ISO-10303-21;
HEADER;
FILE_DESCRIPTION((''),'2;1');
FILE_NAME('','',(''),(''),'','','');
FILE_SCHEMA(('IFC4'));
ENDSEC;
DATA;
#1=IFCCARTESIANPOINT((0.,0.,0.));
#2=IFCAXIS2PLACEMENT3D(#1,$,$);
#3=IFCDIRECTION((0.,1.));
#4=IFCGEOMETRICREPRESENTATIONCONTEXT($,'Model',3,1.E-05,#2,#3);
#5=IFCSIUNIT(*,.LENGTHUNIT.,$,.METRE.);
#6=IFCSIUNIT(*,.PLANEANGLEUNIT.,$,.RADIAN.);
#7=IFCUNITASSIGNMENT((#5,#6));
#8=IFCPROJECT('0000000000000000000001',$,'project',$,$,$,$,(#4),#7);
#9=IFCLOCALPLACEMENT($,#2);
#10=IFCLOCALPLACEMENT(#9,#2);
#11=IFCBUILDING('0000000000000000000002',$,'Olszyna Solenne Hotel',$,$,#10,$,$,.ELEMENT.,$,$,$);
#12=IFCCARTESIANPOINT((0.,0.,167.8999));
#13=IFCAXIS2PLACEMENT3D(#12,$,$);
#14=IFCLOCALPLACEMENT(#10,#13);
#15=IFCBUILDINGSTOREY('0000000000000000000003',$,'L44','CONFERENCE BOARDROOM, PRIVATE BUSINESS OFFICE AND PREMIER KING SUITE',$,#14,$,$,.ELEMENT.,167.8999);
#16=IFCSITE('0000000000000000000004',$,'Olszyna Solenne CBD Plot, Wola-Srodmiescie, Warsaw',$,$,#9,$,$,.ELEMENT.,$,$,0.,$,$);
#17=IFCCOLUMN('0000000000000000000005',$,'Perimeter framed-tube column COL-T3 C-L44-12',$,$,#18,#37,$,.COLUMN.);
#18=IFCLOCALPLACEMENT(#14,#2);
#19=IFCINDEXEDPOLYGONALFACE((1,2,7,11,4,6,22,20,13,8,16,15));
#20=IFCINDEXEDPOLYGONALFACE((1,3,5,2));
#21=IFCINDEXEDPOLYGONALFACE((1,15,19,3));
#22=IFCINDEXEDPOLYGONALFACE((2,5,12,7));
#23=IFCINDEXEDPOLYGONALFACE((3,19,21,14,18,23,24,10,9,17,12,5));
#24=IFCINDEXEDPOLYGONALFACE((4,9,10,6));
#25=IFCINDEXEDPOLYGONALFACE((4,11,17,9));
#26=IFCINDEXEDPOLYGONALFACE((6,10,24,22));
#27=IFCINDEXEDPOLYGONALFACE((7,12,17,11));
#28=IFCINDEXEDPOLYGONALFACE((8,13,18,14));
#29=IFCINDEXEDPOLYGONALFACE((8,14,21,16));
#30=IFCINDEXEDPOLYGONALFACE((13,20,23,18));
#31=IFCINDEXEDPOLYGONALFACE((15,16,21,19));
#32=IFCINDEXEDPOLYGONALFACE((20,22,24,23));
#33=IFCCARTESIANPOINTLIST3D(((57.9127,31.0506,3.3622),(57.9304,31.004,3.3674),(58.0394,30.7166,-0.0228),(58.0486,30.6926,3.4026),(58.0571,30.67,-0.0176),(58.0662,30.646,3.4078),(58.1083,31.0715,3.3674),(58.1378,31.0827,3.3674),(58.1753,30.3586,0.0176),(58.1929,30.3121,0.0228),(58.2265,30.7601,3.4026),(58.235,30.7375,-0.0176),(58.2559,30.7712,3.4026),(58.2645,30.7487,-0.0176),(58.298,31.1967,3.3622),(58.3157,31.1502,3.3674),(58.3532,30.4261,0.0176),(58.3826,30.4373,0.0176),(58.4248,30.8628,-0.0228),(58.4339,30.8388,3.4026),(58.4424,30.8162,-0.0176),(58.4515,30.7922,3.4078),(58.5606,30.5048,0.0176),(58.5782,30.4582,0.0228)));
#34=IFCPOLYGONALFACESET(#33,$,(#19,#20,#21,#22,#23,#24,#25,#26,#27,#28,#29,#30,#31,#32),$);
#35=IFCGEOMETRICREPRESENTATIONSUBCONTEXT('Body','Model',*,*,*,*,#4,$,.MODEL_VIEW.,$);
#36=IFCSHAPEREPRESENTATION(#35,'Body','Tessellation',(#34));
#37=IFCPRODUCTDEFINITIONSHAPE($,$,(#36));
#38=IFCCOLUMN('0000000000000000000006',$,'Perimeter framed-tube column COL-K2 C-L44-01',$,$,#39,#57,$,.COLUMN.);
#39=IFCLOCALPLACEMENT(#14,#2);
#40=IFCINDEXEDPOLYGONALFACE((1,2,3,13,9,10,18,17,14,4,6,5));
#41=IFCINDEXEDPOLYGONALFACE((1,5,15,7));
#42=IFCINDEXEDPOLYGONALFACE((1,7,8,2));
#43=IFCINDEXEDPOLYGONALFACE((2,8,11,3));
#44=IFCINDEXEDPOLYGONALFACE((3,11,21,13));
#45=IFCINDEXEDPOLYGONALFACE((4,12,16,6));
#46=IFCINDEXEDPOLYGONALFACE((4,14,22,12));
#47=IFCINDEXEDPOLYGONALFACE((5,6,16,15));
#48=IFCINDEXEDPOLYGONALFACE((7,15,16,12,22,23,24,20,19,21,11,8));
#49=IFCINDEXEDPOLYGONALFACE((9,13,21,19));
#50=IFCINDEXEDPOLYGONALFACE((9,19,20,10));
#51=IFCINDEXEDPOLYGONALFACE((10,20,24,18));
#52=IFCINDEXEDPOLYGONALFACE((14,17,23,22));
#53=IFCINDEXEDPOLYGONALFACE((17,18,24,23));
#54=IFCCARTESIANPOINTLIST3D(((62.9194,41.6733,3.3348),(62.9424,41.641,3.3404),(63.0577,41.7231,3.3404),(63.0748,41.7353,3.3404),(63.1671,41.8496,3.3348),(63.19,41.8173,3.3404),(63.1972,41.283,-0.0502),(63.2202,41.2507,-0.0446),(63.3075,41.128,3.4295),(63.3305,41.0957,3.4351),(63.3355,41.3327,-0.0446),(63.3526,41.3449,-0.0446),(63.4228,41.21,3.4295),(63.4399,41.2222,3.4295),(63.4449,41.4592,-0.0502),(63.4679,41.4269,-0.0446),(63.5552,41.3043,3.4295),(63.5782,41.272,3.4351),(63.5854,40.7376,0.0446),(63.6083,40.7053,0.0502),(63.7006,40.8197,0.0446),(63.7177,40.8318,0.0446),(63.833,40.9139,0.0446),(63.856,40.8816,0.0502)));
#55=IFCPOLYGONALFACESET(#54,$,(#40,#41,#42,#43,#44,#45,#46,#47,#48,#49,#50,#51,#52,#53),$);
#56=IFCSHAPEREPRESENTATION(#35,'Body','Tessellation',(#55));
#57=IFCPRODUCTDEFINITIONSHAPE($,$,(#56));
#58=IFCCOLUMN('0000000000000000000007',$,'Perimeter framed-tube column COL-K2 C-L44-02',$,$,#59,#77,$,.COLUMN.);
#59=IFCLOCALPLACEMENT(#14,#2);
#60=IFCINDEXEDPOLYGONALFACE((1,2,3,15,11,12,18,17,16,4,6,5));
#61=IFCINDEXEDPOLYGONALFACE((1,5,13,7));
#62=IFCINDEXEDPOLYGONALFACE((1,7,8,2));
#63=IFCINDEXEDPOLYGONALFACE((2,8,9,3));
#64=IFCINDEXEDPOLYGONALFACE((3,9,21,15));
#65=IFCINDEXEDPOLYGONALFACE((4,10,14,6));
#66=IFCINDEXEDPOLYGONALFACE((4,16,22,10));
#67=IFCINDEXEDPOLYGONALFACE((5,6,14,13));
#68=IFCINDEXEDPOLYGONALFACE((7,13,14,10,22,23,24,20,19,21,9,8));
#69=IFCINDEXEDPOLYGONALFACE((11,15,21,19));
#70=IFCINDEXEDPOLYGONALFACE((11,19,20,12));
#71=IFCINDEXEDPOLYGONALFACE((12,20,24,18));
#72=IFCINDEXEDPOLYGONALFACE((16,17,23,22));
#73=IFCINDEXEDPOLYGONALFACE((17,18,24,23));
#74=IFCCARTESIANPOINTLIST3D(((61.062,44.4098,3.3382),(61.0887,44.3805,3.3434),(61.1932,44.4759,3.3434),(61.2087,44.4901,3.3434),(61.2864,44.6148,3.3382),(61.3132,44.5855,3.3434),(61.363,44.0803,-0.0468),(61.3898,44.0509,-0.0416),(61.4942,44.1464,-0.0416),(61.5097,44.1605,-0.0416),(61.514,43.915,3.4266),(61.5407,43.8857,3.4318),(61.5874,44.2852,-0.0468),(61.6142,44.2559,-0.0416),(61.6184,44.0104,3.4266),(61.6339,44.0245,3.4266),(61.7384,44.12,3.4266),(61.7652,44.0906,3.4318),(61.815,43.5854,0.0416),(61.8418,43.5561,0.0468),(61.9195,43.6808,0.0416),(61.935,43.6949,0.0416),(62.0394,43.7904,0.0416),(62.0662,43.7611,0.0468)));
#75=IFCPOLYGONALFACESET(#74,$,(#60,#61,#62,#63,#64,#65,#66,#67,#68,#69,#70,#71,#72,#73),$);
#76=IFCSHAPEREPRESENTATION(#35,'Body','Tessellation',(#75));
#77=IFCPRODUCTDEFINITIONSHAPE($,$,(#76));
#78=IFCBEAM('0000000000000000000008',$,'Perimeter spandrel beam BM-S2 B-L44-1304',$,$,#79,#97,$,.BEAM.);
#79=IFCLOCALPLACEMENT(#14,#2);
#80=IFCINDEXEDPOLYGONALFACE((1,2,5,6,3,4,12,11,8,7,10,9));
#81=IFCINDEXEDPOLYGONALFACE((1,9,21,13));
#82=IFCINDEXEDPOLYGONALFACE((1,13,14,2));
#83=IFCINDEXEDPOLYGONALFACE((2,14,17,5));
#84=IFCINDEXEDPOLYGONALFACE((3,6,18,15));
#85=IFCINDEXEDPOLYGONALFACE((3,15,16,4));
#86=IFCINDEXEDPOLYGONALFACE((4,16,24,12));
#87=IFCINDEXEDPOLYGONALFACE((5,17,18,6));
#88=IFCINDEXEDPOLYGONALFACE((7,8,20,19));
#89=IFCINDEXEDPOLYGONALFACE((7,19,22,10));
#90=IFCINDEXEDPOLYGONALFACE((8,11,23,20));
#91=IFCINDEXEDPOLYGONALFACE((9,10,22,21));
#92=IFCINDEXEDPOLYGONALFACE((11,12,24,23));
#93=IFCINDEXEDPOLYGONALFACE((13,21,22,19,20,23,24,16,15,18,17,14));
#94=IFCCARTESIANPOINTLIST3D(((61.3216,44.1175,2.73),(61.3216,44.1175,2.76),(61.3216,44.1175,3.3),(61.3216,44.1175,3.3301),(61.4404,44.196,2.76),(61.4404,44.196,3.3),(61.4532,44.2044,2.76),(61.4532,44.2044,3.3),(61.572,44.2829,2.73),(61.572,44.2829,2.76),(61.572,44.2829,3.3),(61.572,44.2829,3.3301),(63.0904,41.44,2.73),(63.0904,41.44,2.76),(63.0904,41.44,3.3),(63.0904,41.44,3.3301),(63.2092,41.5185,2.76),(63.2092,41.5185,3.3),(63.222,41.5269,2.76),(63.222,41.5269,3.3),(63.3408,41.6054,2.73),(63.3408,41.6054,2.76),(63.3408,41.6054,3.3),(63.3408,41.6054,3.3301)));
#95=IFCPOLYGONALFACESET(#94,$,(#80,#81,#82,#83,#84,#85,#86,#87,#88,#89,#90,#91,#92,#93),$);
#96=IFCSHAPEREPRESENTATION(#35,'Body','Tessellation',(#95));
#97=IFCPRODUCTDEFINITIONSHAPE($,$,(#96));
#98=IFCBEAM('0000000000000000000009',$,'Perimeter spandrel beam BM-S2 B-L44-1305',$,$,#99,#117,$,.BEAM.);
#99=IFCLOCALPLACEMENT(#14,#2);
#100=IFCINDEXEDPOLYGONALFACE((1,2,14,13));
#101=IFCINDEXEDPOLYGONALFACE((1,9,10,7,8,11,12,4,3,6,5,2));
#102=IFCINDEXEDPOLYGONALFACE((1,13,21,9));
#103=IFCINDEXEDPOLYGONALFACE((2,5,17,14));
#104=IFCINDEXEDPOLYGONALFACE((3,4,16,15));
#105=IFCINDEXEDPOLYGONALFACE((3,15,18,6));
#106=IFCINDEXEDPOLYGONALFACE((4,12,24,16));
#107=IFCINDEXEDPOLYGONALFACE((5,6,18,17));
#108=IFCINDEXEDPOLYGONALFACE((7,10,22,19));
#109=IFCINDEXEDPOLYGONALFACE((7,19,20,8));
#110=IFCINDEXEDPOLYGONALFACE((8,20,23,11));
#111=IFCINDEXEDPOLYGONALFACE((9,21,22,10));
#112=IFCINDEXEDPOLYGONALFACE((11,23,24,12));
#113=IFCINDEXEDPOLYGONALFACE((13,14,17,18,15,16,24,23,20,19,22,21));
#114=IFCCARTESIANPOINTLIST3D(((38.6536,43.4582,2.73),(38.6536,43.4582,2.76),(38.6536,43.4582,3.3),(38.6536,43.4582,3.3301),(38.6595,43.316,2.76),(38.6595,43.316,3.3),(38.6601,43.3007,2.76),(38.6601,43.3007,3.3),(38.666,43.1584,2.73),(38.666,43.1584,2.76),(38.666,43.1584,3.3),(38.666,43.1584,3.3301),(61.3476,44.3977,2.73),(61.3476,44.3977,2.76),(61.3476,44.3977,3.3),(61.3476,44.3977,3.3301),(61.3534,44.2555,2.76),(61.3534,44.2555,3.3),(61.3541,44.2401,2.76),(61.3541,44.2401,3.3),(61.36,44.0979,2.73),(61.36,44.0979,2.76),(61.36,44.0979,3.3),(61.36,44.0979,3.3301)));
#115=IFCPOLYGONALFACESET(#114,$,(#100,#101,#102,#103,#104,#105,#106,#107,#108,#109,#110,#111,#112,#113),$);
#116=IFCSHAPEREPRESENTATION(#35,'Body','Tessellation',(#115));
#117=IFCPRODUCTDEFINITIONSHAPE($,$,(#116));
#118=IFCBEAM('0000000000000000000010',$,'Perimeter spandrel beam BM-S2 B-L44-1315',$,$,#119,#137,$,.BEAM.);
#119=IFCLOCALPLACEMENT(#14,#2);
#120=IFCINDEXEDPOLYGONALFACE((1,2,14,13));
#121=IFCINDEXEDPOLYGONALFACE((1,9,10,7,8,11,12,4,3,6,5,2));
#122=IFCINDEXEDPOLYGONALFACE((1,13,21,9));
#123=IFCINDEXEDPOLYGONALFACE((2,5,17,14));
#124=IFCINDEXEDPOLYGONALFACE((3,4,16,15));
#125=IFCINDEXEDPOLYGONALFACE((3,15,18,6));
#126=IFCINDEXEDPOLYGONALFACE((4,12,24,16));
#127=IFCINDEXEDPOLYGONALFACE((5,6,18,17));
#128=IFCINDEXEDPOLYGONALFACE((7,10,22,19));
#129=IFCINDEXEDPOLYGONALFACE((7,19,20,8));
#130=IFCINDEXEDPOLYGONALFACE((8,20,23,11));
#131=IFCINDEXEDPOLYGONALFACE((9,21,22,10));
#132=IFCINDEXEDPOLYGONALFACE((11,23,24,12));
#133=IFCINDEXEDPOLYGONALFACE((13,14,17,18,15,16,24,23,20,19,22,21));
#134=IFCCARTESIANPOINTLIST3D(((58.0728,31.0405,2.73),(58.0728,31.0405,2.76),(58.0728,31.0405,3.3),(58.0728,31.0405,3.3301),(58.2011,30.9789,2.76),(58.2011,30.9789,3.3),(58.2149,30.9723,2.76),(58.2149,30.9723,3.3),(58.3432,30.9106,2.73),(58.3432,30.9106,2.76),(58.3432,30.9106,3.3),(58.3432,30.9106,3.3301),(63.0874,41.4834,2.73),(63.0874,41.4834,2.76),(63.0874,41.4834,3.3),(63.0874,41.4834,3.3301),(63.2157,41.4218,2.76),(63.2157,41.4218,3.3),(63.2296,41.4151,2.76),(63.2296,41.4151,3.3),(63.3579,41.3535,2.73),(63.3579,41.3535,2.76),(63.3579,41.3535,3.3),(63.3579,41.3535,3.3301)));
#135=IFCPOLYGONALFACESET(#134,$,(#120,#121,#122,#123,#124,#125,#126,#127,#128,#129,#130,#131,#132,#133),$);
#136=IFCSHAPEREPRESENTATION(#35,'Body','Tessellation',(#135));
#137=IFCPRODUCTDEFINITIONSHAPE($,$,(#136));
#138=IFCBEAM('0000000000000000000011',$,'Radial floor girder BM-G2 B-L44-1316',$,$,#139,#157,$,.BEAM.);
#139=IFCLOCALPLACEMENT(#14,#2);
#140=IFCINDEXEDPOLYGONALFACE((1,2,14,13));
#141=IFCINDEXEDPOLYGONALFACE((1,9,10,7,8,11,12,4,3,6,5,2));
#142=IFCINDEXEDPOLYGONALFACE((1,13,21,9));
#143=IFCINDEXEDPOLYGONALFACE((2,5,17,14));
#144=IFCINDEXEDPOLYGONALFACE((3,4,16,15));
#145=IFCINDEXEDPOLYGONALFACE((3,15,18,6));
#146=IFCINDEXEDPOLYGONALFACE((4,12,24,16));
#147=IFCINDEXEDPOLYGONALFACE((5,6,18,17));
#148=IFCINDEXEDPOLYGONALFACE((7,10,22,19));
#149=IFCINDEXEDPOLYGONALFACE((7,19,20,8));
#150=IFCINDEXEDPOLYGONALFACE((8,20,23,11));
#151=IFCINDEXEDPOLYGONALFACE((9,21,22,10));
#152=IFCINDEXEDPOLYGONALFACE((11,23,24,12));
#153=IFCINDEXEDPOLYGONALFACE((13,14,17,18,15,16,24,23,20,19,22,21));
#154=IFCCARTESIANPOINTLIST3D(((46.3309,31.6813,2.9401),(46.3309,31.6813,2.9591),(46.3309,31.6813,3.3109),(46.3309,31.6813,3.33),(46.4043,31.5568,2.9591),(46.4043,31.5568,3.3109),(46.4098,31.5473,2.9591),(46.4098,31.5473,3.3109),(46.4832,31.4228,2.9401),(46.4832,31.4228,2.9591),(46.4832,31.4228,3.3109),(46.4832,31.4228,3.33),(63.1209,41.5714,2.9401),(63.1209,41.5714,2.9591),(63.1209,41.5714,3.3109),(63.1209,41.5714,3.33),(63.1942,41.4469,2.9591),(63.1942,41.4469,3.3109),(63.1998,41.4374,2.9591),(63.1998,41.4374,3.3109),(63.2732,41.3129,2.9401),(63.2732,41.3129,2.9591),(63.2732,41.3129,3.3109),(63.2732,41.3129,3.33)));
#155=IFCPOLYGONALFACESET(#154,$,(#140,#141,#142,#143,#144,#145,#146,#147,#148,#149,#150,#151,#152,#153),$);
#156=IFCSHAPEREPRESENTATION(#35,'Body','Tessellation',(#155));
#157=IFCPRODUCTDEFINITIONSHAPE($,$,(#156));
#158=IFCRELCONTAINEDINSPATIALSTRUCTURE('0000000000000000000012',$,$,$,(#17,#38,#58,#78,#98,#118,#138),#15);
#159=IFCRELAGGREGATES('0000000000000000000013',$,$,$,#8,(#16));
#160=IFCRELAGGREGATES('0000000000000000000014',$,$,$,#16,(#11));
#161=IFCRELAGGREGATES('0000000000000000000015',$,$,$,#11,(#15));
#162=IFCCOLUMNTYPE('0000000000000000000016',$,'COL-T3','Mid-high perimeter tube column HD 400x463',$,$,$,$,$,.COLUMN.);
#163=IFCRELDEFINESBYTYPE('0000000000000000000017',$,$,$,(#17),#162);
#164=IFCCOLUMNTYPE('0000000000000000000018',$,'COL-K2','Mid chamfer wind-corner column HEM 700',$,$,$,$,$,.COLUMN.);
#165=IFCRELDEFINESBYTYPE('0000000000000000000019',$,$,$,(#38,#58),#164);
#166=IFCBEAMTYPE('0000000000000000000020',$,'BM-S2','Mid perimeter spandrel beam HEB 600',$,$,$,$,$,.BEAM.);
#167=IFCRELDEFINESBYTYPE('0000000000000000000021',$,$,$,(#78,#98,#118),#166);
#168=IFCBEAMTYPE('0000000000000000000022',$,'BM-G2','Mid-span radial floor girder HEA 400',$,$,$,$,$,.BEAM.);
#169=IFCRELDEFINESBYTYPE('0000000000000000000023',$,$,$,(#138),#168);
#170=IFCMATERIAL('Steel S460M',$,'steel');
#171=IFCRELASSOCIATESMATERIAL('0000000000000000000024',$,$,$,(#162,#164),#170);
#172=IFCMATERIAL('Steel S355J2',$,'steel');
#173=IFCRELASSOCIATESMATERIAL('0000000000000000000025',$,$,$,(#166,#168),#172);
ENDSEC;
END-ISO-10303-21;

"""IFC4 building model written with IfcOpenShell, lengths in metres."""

from ifc_helpers import new_model, si_unit, direction, frame, origin, origin_2d, place, context, subcontext, project, spatial, i_section, extrude, source, transform, mapped, material, material_profile, profile_set, type_object, element, save


model = new_model("IFC4")

# Units and contexts
model_context = context("Model", 3, precision=1e-05, world=origin(), true_north=direction((0.0, 1.0)))
body_context = subcontext(model_context, "Body", "Model", "MODEL_VIEW")
ifc_project = project(units=[si_unit("LENGTHUNIT", "METRE"), si_unit("PLANEANGLEUNIT", "RADIAN")], contexts=[model_context])

# Site, building, storey
site_placement = place(None, origin())
site = spatial("IfcSite", under=ifc_project, at=site_placement, Name="Olszyna Solenne CBD Plot, Wola-Srodmiescie, Warsaw", CompositionType="ELEMENT", RefElevation=0.0)
building_placement = place(site_placement, origin())
building = spatial("IfcBuilding", under=site, at=building_placement, Name="Olszyna Solenne Hotel", CompositionType="ELEMENT")
storey_placement = place(building_placement, frame((0.0, 0.0, 167.8999)))
storey = spatial("IfcBuildingStorey", under=building, at=storey_placement, Name="L44", Description="CONFERENCE BOARDROOM, PRIVATE BUSINESS OFFICE AND PREMIER KING SUITE", CompositionType="ELEMENT", Elevation=167.8999)

# Columns
ifc_material_1 = material(Name="Steel S460M", Category="steel")
ifc_material_profile_1 = material_profile(ifc_material_1, i_section(OverallWidth=0.4121, OverallDepth=0.4351, WebThickness=0.0315, FlangeThickness=0.05, at=origin_2d()), Name="HD 400x463", Category="load-bearing")
ifc_profile_set_1 = profile_set([ifc_material_profile_1], Name="Steel S460M")
column_type_1 = type_object("IfcColumnType", Name="COL-T3", Description="Mid-high perimeter tube column HD 400x463", PredefinedType="COLUMN", material=ifc_profile_set_1)
shared_shape_1 = source(origin(), body_context, "Body", "SweptSolid", [
    extrude(i_section(OverallWidth=0.4121, OverallDepth=0.4351, WebThickness=0.0315, FlangeThickness=0.05, at=origin_2d()), origin(), (0.0, 0.0, 1.0), 3.4038),
])
column_1_placement = place(storey_placement, frame((58.3088, 30.5874, 0.0), z_axis=(-0.037226, 0.098121, 0.994478), x_axis=(-0.934974, -0.354716, 0.0)))
element("IfcColumn", 1, at=column_1_placement, inside=storey, type_object=column_type_1, Name="Perimeter framed-tube column COL-T3 C-L44-12", PredefinedType="COLUMN", context=body_context, shape_type="MappedRepresentation", body=[
    mapped(shared_shape_1, transform((0.0, 0.0, 0.0), x_axis=(1.0, 0.0, 0.0), y_axis=(0.0, 1.0, 0.0), z_axis=(0.0, 0.0, 1.0), scale=1.0)),
])
ifc_material_profile_2 = material_profile(ifc_material_1, i_section(OverallWidth=0.304, OverallDepth=0.7161, WebThickness=0.021, FlangeThickness=0.04, at=origin_2d()), Name="HEM 700", Category="load-bearing")
ifc_profile_set_2 = profile_set([ifc_material_profile_2], Name="Steel S460M")
column_type_2 = type_object("IfcColumnType", Name="COL-K2", Description="Mid chamfer wind-corner column HEM 700", PredefinedType="COLUMN", material=ifc_profile_set_2)
shared_shape_2 = source(origin(), body_context, "Body", "SweptSolid", [
    extrude(i_section(OverallWidth=0.304, OverallDepth=0.7161, WebThickness=0.021, FlangeThickness=0.04, at=origin_2d()), origin(), (0.0, 0.0, 1.0), 3.4187),
])
column_2_placement = place(storey_placement, frame((63.5266, 41.0823, 0.0), z_axis=(-0.081267, 0.114188, 0.99013), x_axis=(-0.814731, -0.57984, 0.0)))
element("IfcColumn", 2, at=column_2_placement, inside=storey, type_object=column_type_2, Name="Perimeter framed-tube column COL-K2 C-L44-01", PredefinedType="COLUMN", context=body_context, shape_type="MappedRepresentation", body=[
    mapped(shared_shape_2, transform((0.0, 0.0, 0.0), x_axis=(1.0, 0.0, 0.0), y_axis=(0.0, 1.0, 0.0), z_axis=(0.0, 0.0, 1.0), scale=1.0)),
])
shared_shape_3 = source(origin(), body_context, "Body", "SweptSolid", [
    extrude(i_section(OverallWidth=0.304, OverallDepth=0.7161, WebThickness=0.021, FlangeThickness=0.04, at=origin_2d()), origin(), (0.0, 0.0, 1.0), 3.4143),
])
column_3_placement = place(storey_placement, frame((61.7146, 43.9207, 0.0), z_axis=(-0.088166, 0.096532, 0.991417), x_axis=(-0.738379, -0.674386, 0.0)))
element("IfcColumn", 3, at=column_3_placement, inside=storey, type_object=column_type_2, Name="Perimeter framed-tube column COL-K2 C-L44-02", PredefinedType="COLUMN", context=body_context, shape_type="MappedRepresentation", body=[
    mapped(shared_shape_3, transform((0.0, 0.0, 0.0), x_axis=(1.0, 0.0, 0.0), y_axis=(0.0, 1.0, 0.0), z_axis=(0.0, 0.0, 1.0), scale=1.0)),
])

# Beams
ifc_material_2 = material(Name="Steel S355J2", Category="steel")
ifc_material_profile_3 = material_profile(ifc_material_2, i_section(OverallWidth=0.3, OverallDepth=0.6001, WebThickness=0.0154, FlangeThickness=0.03, at=origin_2d()), Name="HEB 600", Category="load-bearing")
ifc_profile_set_3 = profile_set([ifc_material_profile_3], Name="Steel S355J2")
beam_type_1 = type_object("IfcBeamType", Name="BM-S2", Description="Mid perimeter spandrel beam HEB 600", PredefinedType="BEAM", material=ifc_profile_set_3)
shared_shape_4 = source(origin(), body_context, "Body", "SweptSolid", [
    extrude(i_section(OverallWidth=0.3, OverallDepth=0.6001, WebThickness=0.0154, FlangeThickness=0.03, at=origin_2d()), origin(), (0.0, 0.0, 1.0), 3.209),
])
beam_1_placement = place(storey_placement, frame((63.2156, 41.5227, 3.03), z_axis=(-0.551201, 0.834372, 0.0), x_axis=(-0.834372, -0.551201, 0.0)))
element("IfcBeam", 4, at=beam_1_placement, inside=storey, type_object=beam_type_1, Name="Perimeter spandrel beam BM-S2 B-L44-1304", PredefinedType="BEAM", context=body_context, shape_type="MappedRepresentation", body=[
    mapped(shared_shape_4, transform((0.0, 0.0, 0.0), x_axis=(1.0, 0.0, 0.0), y_axis=(0.0, 1.0, 0.0), z_axis=(0.0, 0.0, 1.0), scale=1.0)),
])
shared_shape_5 = source(origin(), body_context, "Body", "SweptSolid", [
    extrude(i_section(OverallWidth=0.3, OverallDepth=0.6001, WebThickness=0.0154, FlangeThickness=0.03, at=origin_2d()), origin(), (0.0, 0.0, 1.0), 22.7134),
])
beam_2_placement = place(storey_placement, frame((61.3538, 44.2478, 3.03), z_axis=(-0.999144, -0.041361, 0.0), x_axis=(0.041361, -0.999144, 0.0)))
element("IfcBeam", 5, at=beam_2_placement, inside=storey, type_object=beam_type_1, Name="Perimeter spandrel beam BM-S2 B-L44-1305", PredefinedType="BEAM", context=body_context, shape_type="MappedRepresentation", body=[
    mapped(shared_shape_5, transform((0.0, 0.0, 0.0), x_axis=(1.0, 0.0, 0.0), y_axis=(0.0, 1.0, 0.0), z_axis=(0.0, 0.0, 1.0), scale=1.0)),
])
shared_shape_6 = source(origin(), body_context, "Body", "SweptSolid", [
    extrude(i_section(OverallWidth=0.3, OverallDepth=0.6001, WebThickness=0.0154, FlangeThickness=0.03, at=origin_2d()), origin(), (0.0, 0.0, 1.0), 11.5845),
])
beam_3_placement = place(storey_placement, frame((58.208, 30.9756, 3.03), z_axis=(0.432876, 0.901453, 0.0), x_axis=(-0.901453, 0.432876, 0.0)))
element("IfcBeam", 6, at=beam_3_placement, inside=storey, type_object=beam_type_1, Name="Perimeter spandrel beam BM-S2 B-L44-1315", PredefinedType="BEAM", context=body_context, shape_type="MappedRepresentation", body=[
    mapped(shared_shape_6, transform((0.0, 0.0, 0.0), x_axis=(1.0, 0.0, 0.0), y_axis=(0.0, 1.0, 0.0), z_axis=(0.0, 0.0, 1.0), scale=1.0)),
])
ifc_material_profile_4 = material_profile(ifc_material_2, i_section(OverallWidth=0.3, OverallDepth=0.3899, WebThickness=0.011, FlangeThickness=0.019, at=origin_2d()), Name="HEA 400", Category="load-bearing")
ifc_profile_set_4 = profile_set([ifc_material_profile_4], Name="Steel S355J2")
beam_type_2 = type_object("IfcBeamType", Name="BM-G2", Description="Mid-span radial floor girder HEA 400", PredefinedType="BEAM", material=ifc_profile_set_4)
shared_shape_7 = source(origin(), body_context, "Body", "SweptSolid", [
    extrude(i_section(OverallWidth=0.3, OverallDepth=0.3899, WebThickness=0.011, FlangeThickness=0.019, at=origin_2d()), origin(), (0.0, 0.0, 1.0), 19.4863),
])
beam_4_placement = place(storey_placement, frame((63.197, 41.4421, 3.135), z_axis=(-0.861628, -0.50754, 0.0), x_axis=(0.50754, -0.861628, 0.0)))
element("IfcBeam", 7, at=beam_4_placement, inside=storey, type_object=beam_type_2, Name="Radial floor girder BM-G2 B-L44-1316", PredefinedType="BEAM", context=body_context, shape_type="MappedRepresentation", body=[
    mapped(shared_shape_7, transform((0.0, 0.0, 0.0), x_axis=(1.0, 0.0, 0.0), y_axis=(0.0, 1.0, 0.0), z_axis=(0.0, 0.0, 1.0), scale=1.0)),
])

save(model, "model.ifc")
